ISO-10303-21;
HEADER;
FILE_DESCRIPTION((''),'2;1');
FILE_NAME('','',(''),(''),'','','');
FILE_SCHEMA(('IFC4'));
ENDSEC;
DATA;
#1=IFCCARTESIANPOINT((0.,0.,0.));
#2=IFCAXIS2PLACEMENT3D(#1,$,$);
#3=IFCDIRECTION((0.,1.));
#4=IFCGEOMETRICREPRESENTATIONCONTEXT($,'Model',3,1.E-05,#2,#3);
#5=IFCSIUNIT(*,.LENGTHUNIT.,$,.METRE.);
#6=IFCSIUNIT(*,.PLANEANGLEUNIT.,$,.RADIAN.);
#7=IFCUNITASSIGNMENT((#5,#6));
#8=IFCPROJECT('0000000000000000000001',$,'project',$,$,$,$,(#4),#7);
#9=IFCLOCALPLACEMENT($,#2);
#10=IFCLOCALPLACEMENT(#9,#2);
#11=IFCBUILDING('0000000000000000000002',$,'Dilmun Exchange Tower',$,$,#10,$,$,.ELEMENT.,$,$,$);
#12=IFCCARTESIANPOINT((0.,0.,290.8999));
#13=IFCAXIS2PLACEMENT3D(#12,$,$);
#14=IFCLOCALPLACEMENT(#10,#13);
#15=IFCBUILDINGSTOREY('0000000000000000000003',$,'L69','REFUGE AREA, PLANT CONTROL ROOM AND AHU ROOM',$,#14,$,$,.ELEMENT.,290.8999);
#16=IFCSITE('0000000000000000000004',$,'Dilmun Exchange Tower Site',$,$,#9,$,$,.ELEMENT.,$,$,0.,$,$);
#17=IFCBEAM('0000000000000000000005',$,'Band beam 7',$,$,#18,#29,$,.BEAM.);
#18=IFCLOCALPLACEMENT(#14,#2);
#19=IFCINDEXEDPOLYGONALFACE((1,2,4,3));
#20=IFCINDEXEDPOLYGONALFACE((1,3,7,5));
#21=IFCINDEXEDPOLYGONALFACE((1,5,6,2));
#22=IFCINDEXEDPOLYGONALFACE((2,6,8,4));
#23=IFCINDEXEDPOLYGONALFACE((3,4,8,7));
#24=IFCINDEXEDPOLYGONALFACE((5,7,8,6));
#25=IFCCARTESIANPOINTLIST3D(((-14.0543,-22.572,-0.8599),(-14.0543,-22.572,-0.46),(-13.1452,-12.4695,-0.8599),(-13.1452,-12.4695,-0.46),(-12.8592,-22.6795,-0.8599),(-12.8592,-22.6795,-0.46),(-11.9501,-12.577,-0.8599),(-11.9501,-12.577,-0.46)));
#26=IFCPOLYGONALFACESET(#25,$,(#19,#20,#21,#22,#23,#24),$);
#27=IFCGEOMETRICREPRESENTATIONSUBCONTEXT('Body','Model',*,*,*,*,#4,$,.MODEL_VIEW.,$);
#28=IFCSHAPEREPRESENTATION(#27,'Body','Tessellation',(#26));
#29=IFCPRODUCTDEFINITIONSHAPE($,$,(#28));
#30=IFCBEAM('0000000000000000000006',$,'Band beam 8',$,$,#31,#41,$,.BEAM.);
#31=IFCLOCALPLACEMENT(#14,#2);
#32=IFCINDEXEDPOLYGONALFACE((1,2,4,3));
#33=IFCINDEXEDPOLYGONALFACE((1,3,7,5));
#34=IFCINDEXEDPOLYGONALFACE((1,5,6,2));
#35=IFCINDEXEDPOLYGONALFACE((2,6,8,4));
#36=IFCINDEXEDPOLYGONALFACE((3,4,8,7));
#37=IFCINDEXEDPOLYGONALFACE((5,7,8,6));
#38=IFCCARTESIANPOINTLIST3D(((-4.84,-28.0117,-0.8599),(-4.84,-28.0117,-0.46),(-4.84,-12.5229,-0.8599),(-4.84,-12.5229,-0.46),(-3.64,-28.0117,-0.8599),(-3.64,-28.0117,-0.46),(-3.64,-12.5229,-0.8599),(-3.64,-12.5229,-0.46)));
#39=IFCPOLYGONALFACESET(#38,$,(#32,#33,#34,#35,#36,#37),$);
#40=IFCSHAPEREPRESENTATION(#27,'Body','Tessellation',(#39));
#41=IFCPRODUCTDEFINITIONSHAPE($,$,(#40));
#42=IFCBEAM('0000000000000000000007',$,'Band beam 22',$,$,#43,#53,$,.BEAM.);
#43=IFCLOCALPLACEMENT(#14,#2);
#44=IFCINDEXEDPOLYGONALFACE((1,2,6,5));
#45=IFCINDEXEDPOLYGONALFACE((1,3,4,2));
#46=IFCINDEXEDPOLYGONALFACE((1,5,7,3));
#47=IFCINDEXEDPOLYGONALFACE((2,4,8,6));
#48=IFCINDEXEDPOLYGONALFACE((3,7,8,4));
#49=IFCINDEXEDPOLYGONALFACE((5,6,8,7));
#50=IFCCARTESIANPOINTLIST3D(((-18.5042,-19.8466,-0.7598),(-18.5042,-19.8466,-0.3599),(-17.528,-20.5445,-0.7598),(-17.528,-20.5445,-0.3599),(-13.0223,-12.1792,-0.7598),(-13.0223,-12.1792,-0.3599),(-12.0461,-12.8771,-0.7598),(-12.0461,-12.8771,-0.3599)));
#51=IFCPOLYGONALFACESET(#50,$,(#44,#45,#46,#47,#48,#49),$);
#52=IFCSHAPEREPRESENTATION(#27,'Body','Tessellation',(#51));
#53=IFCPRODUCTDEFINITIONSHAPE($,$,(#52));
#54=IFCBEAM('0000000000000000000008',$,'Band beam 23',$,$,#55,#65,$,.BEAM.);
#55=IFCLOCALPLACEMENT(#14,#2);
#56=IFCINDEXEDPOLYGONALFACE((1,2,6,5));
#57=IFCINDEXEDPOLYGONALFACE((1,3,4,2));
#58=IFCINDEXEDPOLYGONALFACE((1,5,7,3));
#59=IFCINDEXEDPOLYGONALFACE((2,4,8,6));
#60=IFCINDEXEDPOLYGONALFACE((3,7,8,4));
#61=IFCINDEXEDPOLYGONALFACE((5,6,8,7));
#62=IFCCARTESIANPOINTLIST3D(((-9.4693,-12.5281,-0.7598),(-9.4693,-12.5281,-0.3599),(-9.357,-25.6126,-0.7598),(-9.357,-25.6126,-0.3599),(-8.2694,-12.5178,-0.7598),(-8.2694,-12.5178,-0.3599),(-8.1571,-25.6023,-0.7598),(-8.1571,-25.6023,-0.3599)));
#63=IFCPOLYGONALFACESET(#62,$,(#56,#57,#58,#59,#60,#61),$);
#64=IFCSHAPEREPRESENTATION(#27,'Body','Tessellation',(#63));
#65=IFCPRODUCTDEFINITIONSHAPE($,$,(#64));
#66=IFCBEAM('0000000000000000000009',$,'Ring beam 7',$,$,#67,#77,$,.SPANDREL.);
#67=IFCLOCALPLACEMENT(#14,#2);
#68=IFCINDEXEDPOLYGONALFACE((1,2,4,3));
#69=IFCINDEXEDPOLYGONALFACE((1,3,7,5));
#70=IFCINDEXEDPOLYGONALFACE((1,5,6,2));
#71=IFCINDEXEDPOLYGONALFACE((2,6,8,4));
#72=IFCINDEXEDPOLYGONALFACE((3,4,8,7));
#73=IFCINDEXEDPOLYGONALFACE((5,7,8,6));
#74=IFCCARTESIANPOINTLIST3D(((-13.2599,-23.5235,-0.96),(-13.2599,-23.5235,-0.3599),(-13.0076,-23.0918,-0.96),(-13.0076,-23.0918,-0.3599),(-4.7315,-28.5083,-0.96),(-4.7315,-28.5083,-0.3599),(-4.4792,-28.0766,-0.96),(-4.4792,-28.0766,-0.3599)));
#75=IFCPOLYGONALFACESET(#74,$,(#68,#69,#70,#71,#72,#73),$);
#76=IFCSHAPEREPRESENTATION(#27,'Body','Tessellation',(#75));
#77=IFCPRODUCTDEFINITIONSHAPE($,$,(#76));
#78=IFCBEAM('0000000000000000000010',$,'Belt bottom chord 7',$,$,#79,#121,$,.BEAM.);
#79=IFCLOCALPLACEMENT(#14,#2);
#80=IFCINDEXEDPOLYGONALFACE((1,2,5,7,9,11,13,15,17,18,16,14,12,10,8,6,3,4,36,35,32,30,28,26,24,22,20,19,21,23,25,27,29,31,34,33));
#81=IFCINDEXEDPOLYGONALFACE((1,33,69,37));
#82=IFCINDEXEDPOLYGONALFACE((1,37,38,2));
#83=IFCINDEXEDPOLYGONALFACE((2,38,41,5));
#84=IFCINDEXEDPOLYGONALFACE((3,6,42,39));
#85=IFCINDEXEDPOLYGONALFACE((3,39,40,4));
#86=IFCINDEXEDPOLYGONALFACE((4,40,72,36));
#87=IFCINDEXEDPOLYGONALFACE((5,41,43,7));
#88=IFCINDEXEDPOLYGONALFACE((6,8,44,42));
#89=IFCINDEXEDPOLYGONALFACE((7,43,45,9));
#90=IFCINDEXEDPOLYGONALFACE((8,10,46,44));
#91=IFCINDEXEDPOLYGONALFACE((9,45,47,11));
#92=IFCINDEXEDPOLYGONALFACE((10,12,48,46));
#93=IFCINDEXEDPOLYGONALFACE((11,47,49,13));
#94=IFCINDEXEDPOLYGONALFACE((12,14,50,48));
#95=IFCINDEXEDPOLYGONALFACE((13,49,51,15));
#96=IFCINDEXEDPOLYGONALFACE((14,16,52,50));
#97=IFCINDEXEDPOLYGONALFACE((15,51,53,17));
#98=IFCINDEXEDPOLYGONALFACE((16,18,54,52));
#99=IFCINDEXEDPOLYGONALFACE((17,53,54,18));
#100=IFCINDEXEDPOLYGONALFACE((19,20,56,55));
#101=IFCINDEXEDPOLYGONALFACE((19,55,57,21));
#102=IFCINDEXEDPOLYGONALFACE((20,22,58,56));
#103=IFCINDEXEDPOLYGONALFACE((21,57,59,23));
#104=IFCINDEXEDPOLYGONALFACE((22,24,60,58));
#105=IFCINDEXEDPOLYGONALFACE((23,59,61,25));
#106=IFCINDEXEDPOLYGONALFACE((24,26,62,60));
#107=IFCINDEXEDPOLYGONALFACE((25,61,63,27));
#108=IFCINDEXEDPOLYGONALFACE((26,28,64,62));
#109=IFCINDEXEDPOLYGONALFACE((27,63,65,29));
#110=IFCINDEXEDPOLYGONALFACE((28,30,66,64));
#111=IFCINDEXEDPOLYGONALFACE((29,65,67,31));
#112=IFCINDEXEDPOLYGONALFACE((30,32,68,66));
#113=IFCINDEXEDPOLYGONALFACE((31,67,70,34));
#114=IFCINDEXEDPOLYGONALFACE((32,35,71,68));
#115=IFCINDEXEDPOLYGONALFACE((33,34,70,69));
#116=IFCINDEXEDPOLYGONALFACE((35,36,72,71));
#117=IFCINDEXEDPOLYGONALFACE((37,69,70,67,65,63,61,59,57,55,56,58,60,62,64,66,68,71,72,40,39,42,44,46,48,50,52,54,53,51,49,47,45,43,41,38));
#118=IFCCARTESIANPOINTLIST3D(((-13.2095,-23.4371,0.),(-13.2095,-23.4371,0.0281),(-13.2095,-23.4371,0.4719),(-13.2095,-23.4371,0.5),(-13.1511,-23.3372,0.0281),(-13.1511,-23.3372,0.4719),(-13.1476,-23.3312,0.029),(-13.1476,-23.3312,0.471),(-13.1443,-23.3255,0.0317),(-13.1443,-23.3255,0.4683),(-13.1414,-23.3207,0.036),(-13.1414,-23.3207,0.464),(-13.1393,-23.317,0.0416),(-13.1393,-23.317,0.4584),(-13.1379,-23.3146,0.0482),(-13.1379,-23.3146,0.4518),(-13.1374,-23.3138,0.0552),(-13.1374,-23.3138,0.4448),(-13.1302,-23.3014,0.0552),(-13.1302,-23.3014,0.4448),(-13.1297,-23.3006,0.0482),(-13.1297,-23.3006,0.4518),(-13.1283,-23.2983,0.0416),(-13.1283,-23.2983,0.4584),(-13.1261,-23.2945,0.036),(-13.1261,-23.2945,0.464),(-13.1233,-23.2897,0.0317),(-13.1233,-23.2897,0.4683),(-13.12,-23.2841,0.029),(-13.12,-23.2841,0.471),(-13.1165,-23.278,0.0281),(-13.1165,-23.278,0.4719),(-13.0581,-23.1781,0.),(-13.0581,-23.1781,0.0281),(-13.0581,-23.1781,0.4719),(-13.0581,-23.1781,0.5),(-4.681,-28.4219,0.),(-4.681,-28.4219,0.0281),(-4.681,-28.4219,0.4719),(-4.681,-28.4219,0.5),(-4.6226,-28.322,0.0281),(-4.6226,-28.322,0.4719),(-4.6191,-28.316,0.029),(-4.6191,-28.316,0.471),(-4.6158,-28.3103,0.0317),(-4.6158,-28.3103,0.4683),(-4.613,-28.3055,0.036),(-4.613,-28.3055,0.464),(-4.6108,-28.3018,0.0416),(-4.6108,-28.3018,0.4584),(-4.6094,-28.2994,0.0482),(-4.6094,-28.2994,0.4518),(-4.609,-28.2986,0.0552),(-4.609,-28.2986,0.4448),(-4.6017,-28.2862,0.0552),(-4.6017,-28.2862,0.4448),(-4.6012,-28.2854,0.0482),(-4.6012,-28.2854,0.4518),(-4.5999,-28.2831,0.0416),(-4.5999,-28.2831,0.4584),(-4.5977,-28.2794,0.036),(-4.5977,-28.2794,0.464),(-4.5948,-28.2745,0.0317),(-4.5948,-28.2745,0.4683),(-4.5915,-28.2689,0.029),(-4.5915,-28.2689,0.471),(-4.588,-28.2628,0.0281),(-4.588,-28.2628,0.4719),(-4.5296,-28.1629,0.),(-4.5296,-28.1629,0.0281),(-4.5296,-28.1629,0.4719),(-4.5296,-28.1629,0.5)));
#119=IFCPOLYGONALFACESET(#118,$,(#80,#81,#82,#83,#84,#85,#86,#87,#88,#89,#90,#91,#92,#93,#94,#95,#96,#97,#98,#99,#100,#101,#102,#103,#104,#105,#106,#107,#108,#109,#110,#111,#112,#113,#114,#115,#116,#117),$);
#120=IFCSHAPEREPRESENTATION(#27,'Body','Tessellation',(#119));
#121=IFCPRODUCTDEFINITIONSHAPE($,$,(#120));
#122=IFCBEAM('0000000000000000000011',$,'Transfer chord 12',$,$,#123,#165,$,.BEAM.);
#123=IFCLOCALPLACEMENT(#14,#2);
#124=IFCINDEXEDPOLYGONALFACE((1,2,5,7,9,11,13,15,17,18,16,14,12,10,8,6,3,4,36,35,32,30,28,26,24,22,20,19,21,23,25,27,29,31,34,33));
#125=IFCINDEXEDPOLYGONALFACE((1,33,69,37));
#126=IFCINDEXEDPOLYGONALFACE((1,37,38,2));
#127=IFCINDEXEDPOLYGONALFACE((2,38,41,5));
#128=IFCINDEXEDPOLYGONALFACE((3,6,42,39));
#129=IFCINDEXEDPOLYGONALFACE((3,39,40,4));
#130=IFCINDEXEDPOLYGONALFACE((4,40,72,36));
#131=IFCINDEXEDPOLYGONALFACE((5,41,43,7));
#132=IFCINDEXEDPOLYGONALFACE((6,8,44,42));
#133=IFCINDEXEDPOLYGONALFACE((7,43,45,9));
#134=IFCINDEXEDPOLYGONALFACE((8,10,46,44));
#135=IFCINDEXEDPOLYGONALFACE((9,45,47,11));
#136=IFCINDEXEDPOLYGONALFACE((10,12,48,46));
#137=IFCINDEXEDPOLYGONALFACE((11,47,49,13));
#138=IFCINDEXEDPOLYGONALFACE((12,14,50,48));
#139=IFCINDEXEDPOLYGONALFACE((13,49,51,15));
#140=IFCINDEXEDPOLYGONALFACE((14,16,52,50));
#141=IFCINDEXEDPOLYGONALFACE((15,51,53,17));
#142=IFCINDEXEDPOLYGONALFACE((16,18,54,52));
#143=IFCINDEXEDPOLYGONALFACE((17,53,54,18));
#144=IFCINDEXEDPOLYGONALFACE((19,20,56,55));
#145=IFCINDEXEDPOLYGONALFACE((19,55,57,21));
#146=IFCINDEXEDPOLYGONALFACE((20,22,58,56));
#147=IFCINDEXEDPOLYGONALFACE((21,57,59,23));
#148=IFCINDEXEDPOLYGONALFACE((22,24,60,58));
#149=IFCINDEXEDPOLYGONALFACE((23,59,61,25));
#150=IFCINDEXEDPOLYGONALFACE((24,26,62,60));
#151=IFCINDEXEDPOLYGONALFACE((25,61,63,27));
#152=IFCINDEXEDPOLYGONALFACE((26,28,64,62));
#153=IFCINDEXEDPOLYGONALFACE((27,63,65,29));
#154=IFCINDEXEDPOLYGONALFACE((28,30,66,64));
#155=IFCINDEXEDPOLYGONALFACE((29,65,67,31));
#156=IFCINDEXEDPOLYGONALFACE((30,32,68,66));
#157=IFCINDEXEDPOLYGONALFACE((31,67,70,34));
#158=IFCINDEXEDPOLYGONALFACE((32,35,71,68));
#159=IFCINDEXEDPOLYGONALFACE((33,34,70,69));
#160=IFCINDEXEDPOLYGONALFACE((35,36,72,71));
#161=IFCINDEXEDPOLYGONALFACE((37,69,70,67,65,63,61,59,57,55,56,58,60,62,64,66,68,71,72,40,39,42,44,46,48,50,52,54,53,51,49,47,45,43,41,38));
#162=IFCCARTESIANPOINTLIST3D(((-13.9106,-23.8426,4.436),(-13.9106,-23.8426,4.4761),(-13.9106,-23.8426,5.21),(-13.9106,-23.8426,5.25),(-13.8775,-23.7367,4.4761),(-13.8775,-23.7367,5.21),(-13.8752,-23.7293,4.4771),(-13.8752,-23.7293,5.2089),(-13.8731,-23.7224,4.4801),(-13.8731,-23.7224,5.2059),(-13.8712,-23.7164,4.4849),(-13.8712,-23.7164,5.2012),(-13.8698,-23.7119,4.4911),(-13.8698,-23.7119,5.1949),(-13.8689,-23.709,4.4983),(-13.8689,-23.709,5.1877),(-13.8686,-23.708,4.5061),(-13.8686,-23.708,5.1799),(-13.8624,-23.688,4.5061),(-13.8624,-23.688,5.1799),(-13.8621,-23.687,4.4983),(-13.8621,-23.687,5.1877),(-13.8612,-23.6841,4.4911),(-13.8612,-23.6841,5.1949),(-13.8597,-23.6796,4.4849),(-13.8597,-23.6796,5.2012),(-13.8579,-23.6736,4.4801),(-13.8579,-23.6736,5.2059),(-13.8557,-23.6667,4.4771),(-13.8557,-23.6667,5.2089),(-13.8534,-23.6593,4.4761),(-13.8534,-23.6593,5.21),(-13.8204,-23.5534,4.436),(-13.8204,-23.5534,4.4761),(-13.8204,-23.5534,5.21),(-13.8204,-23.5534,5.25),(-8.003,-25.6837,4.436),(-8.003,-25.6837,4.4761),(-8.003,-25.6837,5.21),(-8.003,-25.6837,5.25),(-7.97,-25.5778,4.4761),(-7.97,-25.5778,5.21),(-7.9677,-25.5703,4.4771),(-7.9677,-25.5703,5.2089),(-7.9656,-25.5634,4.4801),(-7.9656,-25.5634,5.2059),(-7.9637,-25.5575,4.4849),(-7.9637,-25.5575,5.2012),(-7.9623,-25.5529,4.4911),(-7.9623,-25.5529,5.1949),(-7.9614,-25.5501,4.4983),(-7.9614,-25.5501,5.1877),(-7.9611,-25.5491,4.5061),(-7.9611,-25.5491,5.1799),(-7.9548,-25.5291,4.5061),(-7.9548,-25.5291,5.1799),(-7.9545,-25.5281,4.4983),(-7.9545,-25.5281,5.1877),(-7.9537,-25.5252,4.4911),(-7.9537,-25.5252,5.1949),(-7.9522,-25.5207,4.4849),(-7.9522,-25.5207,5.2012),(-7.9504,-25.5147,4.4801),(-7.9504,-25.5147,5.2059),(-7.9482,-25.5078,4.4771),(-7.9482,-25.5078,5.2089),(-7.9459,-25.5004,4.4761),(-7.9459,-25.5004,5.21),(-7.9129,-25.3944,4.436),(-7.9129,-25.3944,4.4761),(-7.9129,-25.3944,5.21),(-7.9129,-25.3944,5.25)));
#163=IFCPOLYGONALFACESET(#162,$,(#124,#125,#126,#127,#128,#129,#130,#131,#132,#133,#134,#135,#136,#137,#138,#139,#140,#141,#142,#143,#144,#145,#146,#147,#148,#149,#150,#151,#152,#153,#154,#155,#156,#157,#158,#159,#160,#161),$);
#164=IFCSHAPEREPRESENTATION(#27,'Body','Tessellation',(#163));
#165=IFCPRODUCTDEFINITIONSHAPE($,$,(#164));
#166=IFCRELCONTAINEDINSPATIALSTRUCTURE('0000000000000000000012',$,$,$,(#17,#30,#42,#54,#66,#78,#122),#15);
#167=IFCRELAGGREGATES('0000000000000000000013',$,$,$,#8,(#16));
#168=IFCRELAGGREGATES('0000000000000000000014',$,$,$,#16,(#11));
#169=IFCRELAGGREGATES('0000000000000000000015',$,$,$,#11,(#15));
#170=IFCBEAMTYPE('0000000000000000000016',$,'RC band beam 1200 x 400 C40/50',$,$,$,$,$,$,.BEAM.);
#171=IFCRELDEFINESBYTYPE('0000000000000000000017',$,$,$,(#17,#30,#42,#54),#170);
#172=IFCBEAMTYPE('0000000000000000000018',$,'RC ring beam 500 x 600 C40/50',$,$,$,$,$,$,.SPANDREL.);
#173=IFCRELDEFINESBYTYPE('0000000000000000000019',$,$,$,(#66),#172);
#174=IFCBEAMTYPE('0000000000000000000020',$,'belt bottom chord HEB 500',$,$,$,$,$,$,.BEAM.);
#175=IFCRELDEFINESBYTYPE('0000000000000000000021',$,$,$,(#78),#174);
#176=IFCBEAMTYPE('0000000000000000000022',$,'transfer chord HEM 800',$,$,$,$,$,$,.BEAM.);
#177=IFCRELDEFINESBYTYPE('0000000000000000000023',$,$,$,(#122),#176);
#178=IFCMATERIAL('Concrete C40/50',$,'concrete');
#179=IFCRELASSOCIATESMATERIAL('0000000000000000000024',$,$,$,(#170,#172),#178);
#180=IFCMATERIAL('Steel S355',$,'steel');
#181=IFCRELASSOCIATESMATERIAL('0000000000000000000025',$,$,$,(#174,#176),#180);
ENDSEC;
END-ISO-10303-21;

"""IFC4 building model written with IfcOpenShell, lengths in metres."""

from ifc_helpers import new_model, si_unit, direction, frame, origin, origin_2d, place, context, subcontext, project, spatial, rectangle, i_section, extrude, material, material_profile, profile_set, type_object, element, save


model = new_model("IFC4")

# Units and contexts
model_context = context("Model", 3, precision=1e-05, world=origin(), true_north=direction((0.0, 1.0)))
body_context = subcontext(model_context, "Body", "Model", "MODEL_VIEW")
ifc_project = project(units=[si_unit("LENGTHUNIT", "METRE"), si_unit("PLANEANGLEUNIT", "RADIAN")], contexts=[model_context])

# Site, building, storey
site_placement = place(None, origin())
site = spatial("IfcSite", under=ifc_project, at=site_placement, Name="Dilmun Exchange Tower Site", CompositionType="ELEMENT", RefElevation=0.0)
building_placement = place(site_placement, origin())
building = spatial("IfcBuilding", under=site, at=building_placement, Name="Dilmun Exchange Tower", CompositionType="ELEMENT")
storey_placement = place(building_placement, frame((0.0, 0.0, 290.8999)))
storey = spatial("IfcBuildingStorey", under=building, at=storey_placement, Name="L69", Description="REFUGE AREA, PLANT CONTROL ROOM AND AHU ROOM", CompositionType="ELEMENT", Elevation=290.8999)

# Beams
ifc_material_1 = material(Name="Concrete C40/50", Category="concrete")
ifc_material_profile_1 = material_profile(ifc_material_1, rectangle(XDim=1.2, YDim=0.3999, at=origin_2d()), Name="1200 x 400")
ifc_profile_set_1 = profile_set([ifc_material_profile_1], Name="Concrete C40/50")
beam_type_1 = type_object("IfcBeamType", Name="RC band beam 1200 x 400 C40/50", PredefinedType="BEAM", material=ifc_profile_set_1)
beam_1_placement = place(storey_placement, frame((-13.4568, -22.6257, -0.6599), z_axis=(0.089633, 0.995975, 0.0), x_axis=(-0.995975, 0.089633, 0.0)))
element("IfcBeam", 1, at=beam_1_placement, inside=storey, type_object=beam_type_1, Name="Band beam 7", PredefinedType="BEAM", context=body_context, shape_type="SweptSolid", body=[
    extrude(rectangle(XDim=1.2, YDim=0.3999, at=origin_2d()), origin(), (0.0, 0.0, 1.0), 10.1433),
])
beam_2_placement = place(storey_placement, frame((-4.24, -28.0117, -0.6599), z_axis=(0.0, 1.0, 0.0), x_axis=(-1.0, 0.0, 0.0)))
element("IfcBeam", 2, at=beam_2_placement, inside=storey, type_object=beam_type_1, Name="Band beam 8", PredefinedType="BEAM", context=body_context, shape_type="SweptSolid", body=[
    extrude(rectangle(XDim=1.2, YDim=0.3999, at=origin_2d()), origin(), (0.0, 0.0, 1.0), 15.4888),
])
beam_3_placement = place(storey_placement, frame((-18.0161, -20.1956, -0.5598), z_axis=(0.581601, 0.813474, 0.0), x_axis=(-0.813474, 0.581601, 0.0)))
element("IfcBeam", 3, at=beam_3_placement, inside=storey, type_object=beam_type_1, Name="Band beam 22", PredefinedType="BEAM", context=body_context, shape_type="SweptSolid", body=[
    extrude(rectangle(XDim=1.2, YDim=0.3999, at=origin_2d()), origin(), (0.0, 0.0, 1.0), 9.4255),
])
beam_4_placement = place(storey_placement, frame((-8.7571, -25.6074, -0.5598), z_axis=(-0.008583, 0.999963, 0.0), x_axis=(-0.999963, -0.008583, 0.0)))
element("IfcBeam", 4, at=beam_4_placement, inside=storey, type_object=beam_type_1, Name="Band beam 23", PredefinedType="BEAM", context=body_context, shape_type="SweptSolid", body=[
    extrude(rectangle(XDim=1.2, YDim=0.3999, at=origin_2d()), origin(), (0.0, 0.0, 1.0), 13.085),
])
ifc_material_profile_2 = material_profile(ifc_material_1, rectangle(XDim=0.5, YDim=0.6001, at=origin_2d()), Name="500 x 600")
ifc_profile_set_2 = profile_set([ifc_material_profile_2], Name="Concrete C40/50")
beam_type_2 = type_object("IfcBeamType", Name="RC ring beam 500 x 600 C40/50", PredefinedType="SPANDREL", material=ifc_profile_set_2)
beam_5_placement = place(storey_placement, frame((-13.1338, -23.3076, -0.6599), z_axis=(0.863344, -0.504616, 0.0), x_axis=(0.504616, 0.863344, 0.0)))
element("IfcBeam", 5, at=beam_5_placement, inside=storey, type_object=beam_type_2, Name="Ring beam 7", PredefinedType="SPANDREL", context=body_context, shape_type="SweptSolid", body=[
    extrude(rectangle(XDim=0.5, YDim=0.6001, at=origin_2d()), origin(), (0.0, 0.0, 1.0), 9.8784),
])
ifc_material_2 = material(Name="Steel S355", Category="steel")
ifc_material_profile_3 = material_profile(ifc_material_2, i_section(OverallWidth=0.3, OverallDepth=0.5, WebThickness=0.0144, FlangeThickness=0.0281, FilletRadius=0.0271, at=origin_2d()), Name="HEB 500")
ifc_profile_set_3 = profile_set([ifc_material_profile_3], Name="Steel S355")
beam_type_3 = type_object("IfcBeamType", Name="belt bottom chord HEB 500", PredefinedType="BEAM", material=ifc_profile_set_3)
beam_6_placement = place(storey_placement, frame((-13.1338, -23.3076, 0.25), z_axis=(0.863344, -0.504616, 0.0), x_axis=(0.504616, 0.863344, 0.0)))
element("IfcBeam", 6, at=beam_6_placement, inside=storey, type_object=beam_type_3, Name="Belt bottom chord 7", PredefinedType="BEAM", context=body_context, shape_type="SweptSolid", body=[
    extrude(i_section(OverallWidth=0.3, OverallDepth=0.5, WebThickness=0.0144, FlangeThickness=0.0281, FilletRadius=0.0271, at=origin_2d()), origin(), (0.0, 0.0, 1.0), 9.8784),
])
ifc_material_profile_4 = material_profile(ifc_material_2, i_section(OverallWidth=0.303, OverallDepth=0.814, WebThickness=0.021, FlangeThickness=0.04, FilletRadius=0.03, at=origin_2d()), Name="HEM 800")
ifc_profile_set_4 = profile_set([ifc_material_profile_4], Name="Steel S355")
beam_type_4 = type_object("IfcBeamType", Name="transfer chord HEM 800", PredefinedType="BEAM", material=ifc_profile_set_4)
beam_7_placement = place(storey_placement, frame((-13.8655, -23.698, 4.843), z_axis=(0.954711, -0.297536, 0.0), x_axis=(0.297536, 0.954711, 0.0)))
element("IfcBeam", 7, at=beam_7_placement, inside=storey, type_object=beam_type_4, Name="Transfer chord 12", PredefinedType="BEAM", context=body_context, shape_type="SweptSolid", body=[
    extrude(i_section(OverallWidth=0.303, OverallDepth=0.814, WebThickness=0.021, FlangeThickness=0.04, FilletRadius=0.03, at=origin_2d()), origin(), (0.0, 0.0, 1.0), 6.1877),
])

save(model, "model.ifc")
